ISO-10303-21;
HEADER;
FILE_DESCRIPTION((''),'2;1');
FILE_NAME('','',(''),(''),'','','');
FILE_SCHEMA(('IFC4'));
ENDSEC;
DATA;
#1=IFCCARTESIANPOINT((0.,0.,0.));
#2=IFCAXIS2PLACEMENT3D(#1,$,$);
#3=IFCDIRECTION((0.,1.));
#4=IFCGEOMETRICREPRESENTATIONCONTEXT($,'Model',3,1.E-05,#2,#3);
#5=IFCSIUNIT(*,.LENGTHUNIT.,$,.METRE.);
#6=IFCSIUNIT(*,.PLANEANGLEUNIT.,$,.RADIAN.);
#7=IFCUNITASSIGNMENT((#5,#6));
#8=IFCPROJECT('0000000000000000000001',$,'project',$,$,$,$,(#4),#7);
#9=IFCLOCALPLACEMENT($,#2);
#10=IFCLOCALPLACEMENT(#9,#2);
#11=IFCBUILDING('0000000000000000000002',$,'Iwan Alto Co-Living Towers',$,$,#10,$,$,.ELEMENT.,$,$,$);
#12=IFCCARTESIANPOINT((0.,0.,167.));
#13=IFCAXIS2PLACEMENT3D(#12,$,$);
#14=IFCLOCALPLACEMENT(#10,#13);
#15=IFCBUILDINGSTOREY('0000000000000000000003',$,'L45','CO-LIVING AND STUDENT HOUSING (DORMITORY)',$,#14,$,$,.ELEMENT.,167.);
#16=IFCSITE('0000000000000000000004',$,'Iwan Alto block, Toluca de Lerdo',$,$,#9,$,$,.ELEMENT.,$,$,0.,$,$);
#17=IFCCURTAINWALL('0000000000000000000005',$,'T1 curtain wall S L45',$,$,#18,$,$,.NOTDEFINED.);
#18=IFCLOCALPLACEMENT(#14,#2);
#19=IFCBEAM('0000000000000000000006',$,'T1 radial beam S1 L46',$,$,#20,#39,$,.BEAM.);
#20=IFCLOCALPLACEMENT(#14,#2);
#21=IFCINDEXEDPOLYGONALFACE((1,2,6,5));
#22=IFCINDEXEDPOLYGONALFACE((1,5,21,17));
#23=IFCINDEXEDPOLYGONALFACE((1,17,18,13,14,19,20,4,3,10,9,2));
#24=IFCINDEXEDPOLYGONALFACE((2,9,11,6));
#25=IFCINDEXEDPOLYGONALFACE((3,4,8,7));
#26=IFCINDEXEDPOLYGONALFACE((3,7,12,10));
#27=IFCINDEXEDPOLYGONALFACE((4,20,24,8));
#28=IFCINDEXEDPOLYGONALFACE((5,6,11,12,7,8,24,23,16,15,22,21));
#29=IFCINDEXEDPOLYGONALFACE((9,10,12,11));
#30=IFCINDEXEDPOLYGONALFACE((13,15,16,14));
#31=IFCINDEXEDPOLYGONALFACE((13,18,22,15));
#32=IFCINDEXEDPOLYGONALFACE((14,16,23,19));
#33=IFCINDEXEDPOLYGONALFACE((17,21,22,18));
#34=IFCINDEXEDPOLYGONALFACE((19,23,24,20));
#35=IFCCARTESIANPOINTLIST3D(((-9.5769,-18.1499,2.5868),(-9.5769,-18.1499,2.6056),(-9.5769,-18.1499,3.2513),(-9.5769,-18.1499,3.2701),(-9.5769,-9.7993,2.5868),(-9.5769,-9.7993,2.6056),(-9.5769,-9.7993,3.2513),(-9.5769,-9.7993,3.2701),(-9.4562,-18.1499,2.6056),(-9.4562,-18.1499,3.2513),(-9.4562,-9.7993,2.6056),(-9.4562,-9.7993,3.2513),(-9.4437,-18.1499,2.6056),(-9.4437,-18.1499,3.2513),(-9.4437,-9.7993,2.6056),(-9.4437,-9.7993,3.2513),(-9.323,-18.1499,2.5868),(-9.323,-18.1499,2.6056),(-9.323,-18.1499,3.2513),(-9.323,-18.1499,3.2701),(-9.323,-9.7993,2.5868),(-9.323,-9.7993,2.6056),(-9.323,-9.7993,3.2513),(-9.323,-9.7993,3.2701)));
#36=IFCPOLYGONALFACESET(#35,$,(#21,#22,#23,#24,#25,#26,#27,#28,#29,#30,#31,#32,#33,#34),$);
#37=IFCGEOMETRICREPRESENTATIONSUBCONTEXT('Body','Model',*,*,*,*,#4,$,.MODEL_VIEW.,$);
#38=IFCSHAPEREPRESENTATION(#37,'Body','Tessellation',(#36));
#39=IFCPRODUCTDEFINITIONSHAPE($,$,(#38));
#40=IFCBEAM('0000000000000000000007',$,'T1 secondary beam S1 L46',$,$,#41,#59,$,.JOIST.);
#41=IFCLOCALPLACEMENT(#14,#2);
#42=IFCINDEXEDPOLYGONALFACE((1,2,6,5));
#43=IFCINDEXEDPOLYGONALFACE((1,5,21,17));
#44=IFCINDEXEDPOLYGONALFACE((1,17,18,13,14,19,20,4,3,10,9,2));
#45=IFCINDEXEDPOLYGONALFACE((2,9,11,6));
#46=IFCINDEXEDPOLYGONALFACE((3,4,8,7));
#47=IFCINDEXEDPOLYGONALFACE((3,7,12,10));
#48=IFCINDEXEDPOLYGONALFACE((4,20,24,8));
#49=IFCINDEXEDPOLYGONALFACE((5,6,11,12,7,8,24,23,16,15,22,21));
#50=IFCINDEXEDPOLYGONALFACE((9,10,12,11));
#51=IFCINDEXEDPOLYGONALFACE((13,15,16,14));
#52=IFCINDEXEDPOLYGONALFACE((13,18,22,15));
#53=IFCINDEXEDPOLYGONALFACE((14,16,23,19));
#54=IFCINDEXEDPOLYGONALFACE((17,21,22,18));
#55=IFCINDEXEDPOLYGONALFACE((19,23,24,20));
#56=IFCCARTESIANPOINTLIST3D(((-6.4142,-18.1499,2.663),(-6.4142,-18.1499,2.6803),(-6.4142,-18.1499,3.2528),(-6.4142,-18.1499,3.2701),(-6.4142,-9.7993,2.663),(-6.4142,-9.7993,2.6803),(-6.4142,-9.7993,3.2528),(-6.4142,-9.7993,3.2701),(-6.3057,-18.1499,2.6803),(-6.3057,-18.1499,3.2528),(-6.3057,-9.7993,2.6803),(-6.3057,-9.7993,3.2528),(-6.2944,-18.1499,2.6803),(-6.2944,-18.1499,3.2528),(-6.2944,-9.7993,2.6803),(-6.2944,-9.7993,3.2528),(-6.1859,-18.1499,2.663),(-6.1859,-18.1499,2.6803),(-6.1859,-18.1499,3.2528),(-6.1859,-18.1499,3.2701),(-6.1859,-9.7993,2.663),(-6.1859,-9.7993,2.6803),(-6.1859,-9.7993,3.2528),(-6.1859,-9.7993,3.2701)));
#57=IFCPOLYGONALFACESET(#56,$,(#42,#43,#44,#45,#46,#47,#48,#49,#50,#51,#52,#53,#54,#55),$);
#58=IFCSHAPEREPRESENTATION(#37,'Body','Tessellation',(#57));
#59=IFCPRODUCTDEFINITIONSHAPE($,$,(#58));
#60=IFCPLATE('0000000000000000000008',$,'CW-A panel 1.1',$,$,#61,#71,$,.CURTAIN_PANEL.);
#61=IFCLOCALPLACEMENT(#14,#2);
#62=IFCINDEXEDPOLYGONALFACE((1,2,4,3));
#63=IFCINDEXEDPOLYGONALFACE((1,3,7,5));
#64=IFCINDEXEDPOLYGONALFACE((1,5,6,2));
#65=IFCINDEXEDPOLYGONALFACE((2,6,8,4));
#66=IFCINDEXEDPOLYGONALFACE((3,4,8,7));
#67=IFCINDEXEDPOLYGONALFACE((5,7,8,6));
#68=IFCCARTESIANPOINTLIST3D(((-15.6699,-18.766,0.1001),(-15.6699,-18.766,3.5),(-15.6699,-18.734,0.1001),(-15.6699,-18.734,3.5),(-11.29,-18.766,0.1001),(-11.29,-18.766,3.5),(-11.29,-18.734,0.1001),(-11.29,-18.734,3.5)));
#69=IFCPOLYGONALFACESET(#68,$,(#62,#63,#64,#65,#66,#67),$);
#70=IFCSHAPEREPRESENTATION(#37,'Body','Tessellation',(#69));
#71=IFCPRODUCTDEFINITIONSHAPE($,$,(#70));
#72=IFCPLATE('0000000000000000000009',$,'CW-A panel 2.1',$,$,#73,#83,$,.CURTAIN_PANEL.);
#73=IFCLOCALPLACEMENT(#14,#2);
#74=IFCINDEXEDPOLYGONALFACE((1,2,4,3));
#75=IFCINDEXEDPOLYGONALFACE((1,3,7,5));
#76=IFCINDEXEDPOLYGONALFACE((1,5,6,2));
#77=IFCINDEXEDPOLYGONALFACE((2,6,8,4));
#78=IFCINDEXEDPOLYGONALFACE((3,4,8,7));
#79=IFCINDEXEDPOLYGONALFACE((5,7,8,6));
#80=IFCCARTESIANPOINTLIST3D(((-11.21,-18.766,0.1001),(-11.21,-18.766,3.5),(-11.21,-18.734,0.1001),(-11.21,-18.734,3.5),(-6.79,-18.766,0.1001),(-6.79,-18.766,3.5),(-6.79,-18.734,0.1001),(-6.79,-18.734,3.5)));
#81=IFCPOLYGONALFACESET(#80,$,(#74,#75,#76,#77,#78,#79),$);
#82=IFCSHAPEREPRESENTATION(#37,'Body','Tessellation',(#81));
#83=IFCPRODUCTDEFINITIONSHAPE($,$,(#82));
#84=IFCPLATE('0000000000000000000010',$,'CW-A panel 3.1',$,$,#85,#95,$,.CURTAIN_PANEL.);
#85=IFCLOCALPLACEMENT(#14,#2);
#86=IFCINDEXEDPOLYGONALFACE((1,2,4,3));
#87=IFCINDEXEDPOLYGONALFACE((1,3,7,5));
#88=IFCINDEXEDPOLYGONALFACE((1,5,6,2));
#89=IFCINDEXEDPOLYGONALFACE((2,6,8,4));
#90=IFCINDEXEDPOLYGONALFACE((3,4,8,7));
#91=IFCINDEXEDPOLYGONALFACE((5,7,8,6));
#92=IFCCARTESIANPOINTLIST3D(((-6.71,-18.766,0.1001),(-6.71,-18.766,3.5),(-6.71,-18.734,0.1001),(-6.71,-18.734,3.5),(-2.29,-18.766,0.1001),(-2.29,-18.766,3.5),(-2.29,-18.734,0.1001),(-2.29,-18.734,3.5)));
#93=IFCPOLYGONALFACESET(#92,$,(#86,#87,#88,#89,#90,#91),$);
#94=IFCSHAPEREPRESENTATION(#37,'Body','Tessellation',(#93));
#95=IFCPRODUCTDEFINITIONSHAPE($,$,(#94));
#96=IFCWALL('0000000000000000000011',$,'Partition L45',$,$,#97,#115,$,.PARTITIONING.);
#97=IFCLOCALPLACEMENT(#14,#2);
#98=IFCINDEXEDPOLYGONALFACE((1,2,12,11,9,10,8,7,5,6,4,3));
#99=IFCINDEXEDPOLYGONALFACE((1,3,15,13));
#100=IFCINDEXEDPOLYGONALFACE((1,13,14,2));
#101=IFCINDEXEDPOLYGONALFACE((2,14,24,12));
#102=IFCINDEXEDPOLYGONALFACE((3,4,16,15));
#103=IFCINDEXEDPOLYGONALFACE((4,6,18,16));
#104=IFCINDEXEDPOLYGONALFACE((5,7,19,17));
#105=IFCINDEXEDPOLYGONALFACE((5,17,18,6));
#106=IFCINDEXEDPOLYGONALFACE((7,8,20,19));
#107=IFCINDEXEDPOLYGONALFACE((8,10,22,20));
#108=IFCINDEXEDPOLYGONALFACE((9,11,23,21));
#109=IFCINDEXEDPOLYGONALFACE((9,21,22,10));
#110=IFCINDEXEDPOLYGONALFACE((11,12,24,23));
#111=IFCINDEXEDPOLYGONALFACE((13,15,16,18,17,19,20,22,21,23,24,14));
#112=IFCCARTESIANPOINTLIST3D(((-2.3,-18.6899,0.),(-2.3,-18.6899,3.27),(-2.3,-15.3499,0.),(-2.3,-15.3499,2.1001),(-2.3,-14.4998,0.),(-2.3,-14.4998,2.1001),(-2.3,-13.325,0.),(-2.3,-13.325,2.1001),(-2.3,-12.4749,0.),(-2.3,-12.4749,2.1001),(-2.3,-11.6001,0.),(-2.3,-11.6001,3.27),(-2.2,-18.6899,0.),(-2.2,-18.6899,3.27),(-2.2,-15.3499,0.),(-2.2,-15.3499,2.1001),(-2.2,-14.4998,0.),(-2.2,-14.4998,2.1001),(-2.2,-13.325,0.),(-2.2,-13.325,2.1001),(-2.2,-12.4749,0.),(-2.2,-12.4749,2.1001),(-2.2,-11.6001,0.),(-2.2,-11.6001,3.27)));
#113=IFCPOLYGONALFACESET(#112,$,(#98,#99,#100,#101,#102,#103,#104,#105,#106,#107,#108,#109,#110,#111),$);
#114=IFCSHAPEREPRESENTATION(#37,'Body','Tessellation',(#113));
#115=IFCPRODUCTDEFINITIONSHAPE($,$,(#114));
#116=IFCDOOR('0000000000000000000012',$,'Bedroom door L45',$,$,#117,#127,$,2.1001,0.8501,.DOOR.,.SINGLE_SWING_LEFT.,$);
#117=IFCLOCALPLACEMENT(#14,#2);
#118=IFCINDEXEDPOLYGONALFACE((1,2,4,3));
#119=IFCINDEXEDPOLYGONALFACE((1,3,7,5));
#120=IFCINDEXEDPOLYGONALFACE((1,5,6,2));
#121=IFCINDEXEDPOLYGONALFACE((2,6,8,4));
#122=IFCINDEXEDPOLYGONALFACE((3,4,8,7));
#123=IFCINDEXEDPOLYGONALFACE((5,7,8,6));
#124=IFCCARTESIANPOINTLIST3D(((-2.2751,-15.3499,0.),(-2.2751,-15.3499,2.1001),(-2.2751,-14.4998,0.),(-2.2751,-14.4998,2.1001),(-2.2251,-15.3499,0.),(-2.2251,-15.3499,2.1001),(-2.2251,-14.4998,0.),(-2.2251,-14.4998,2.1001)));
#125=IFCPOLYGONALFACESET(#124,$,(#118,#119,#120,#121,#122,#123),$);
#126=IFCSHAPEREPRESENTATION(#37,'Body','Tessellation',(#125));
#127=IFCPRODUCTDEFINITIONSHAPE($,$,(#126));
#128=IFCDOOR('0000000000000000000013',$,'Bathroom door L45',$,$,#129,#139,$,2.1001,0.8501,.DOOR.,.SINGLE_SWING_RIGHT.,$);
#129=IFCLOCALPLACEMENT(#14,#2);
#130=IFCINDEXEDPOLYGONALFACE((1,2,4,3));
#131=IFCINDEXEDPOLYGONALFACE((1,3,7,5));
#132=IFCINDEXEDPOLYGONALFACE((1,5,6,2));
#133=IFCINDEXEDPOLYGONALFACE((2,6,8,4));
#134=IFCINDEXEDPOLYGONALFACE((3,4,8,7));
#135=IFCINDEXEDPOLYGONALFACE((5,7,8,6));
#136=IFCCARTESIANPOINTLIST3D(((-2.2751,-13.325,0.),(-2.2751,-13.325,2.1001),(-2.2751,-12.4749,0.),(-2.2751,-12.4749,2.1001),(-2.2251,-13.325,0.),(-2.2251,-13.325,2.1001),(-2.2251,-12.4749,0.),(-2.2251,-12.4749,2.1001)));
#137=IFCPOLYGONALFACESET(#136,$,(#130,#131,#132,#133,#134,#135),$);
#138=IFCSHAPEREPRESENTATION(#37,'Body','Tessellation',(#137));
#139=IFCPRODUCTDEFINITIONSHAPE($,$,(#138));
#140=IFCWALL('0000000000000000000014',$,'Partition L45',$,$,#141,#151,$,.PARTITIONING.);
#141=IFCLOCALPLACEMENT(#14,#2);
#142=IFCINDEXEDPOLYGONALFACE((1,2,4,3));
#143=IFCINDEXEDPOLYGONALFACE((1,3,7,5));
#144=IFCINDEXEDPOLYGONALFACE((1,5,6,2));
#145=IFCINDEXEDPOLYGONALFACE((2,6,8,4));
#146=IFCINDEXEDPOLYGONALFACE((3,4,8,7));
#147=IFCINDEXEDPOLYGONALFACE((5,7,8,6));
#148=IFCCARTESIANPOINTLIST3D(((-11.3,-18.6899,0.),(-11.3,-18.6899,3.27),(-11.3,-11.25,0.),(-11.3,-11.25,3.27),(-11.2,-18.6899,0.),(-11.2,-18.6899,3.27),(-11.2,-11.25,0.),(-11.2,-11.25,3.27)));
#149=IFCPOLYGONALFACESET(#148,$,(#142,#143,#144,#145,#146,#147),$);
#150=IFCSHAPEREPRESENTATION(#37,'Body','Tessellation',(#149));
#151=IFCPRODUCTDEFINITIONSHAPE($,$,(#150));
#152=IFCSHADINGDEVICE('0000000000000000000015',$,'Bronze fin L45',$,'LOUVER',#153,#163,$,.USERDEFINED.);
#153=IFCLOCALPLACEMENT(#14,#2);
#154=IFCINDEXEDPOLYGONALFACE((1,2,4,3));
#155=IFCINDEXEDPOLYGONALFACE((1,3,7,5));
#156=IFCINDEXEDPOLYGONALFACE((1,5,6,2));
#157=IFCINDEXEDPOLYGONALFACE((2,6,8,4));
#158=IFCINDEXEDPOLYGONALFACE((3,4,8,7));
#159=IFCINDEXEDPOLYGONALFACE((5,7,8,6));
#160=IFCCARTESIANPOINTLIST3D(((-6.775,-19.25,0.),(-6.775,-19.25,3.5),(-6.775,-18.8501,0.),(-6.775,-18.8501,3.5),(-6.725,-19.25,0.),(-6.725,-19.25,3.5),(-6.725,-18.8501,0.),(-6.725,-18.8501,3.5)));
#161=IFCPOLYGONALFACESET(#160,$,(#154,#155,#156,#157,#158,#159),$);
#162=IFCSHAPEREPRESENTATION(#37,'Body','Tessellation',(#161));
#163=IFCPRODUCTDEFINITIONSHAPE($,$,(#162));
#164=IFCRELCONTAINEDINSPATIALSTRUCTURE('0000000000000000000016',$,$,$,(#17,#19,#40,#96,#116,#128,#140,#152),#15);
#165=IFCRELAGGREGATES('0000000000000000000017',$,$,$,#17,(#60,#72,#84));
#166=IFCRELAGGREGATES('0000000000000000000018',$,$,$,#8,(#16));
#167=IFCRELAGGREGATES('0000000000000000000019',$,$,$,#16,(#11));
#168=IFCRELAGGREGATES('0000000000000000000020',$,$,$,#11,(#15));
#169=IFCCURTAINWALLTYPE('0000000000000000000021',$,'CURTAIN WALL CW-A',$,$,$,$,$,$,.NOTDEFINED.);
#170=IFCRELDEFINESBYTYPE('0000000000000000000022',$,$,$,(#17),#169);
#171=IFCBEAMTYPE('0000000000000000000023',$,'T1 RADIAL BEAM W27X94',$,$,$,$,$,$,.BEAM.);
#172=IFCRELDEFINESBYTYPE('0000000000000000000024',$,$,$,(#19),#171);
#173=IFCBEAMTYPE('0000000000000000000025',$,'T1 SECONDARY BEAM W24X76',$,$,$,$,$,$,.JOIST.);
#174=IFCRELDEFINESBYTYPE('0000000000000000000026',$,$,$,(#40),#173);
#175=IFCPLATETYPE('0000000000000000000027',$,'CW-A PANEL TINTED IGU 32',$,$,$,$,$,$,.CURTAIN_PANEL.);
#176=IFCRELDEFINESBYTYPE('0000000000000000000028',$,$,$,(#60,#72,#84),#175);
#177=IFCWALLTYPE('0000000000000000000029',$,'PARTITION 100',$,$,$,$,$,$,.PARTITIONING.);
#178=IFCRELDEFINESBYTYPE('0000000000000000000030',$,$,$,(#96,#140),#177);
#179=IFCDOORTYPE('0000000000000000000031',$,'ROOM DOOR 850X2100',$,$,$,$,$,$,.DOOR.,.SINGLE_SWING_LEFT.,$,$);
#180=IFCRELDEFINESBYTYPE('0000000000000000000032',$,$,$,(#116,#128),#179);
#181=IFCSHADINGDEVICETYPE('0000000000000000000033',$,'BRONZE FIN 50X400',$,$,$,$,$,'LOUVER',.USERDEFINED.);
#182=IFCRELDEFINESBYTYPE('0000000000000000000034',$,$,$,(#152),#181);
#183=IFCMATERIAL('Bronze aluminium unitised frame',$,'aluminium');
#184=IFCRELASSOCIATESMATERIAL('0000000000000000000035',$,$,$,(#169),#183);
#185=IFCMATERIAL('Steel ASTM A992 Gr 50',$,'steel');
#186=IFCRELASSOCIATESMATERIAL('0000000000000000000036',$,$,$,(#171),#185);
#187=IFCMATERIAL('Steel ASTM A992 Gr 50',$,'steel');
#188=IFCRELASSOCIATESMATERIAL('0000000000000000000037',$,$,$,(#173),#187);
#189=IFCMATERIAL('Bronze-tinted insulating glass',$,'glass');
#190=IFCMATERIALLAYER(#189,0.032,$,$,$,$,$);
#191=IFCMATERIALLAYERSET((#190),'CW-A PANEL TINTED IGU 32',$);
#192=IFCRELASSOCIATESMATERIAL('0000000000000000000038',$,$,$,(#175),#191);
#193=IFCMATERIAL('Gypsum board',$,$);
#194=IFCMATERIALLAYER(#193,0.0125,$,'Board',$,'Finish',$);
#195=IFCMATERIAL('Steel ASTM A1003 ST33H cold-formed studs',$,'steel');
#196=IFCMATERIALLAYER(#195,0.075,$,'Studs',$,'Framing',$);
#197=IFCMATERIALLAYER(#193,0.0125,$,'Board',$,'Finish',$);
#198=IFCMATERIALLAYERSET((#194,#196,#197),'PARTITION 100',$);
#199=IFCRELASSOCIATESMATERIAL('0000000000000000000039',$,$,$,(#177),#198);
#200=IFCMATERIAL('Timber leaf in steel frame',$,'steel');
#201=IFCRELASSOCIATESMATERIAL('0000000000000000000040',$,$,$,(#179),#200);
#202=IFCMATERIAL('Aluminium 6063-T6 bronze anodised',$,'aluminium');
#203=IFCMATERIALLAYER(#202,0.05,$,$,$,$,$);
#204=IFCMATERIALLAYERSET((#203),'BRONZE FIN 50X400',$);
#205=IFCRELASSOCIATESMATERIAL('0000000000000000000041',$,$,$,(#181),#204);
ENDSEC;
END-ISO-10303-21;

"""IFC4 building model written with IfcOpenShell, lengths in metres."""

from ifc_helpers import new_model, si_unit, direction, frame, frame_2d, origin, origin_2d, place, context, subcontext, project, spatial, rectangle, i_section, extrude, material, layer, layer_set, material_profile, profile_set, type_object, element, fill, aggregate, save


model = new_model("IFC4")

# Units and contexts
model_context = context("Model", 3, precision=1e-05, world=origin(), true_north=direction((0.0, 1.0)))
body_context = subcontext(model_context, "Body", "Model", "MODEL_VIEW")
ifc_project = project(units=[si_unit("LENGTHUNIT", "METRE"), si_unit("PLANEANGLEUNIT", "RADIAN")], contexts=[model_context])

# Site, building, storey
site_placement = place(None, origin())
site = spatial("IfcSite", under=ifc_project, at=site_placement, Name="Iwan Alto block, Toluca de Lerdo", CompositionType="ELEMENT", RefElevation=0.0)
building_placement = place(site_placement, origin())
building = spatial("IfcBuilding", under=site, at=building_placement, Name="Iwan Alto Co-Living Towers", CompositionType="ELEMENT")
storey_placement = place(building_placement, frame((0.0, 0.0, 167.0)))
storey = spatial("IfcBuildingStorey", under=building, at=storey_placement, Name="L45", Description="CO-LIVING AND STUDENT HOUSING (DORMITORY)", CompositionType="ELEMENT", Elevation=167.0)

# Curtain wall
ifc_material_1 = material(Name="Bronze aluminium unitised frame", Category="aluminium")
curtain_wall_type_1 = type_object("IfcCurtainWallType", Name="CURTAIN WALL CW-A", PredefinedType="NOTDEFINED", material=ifc_material_1)
curtain_wall_1_placement = place(storey_placement, origin())
curtain_wall_1 = element("IfcCurtainWall", 1, at=curtain_wall_1_placement, inside=storey, type_object=curtain_wall_type_1, Name="T1 curtain wall S L45", PredefinedType="NOTDEFINED")

# Beams
ifc_material_2 = material(Name="Steel ASTM A992 Gr 50", Category="steel")
ifc_material_profile_1 = material_profile(ifc_material_2, i_section(OverallWidth=0.2539, OverallDepth=0.6833, WebThickness=0.0125, FlangeThickness=0.0188, at=origin_2d()), Name="W27X94")
ifc_profile_set_1 = profile_set([ifc_material_profile_1], Name="Steel ASTM A992 Gr 50")
beam_type_1 = type_object("IfcBeamType", Name="T1 RADIAL BEAM W27X94", PredefinedType="BEAM", material=ifc_profile_set_1)
beam_1_placement = place(storey_placement, frame((-9.45, -18.1499, 2.9285), z_axis=(0.0, 1.0, 0.0), x_axis=(-1.0, 0.0, 0.0)))
element("IfcBeam", 2, at=beam_1_placement, inside=storey, type_object=beam_type_1, Name="T1 radial beam S1 L46", PredefinedType="BEAM", context=body_context, shape_type="SweptSolid", body=[
    extrude(i_section(OverallWidth=0.2539, OverallDepth=0.6833, WebThickness=0.0125, FlangeThickness=0.0188, at=origin_2d()), origin(), (0.0, 0.0, 1.0), 8.3506),
])
ifc_material_3 = material(Name="Steel ASTM A992 Gr 50", Category="steel")
ifc_material_profile_2 = material_profile(ifc_material_3, i_section(OverallWidth=0.2283, OverallDepth=0.6072, WebThickness=0.0112, FlangeThickness=0.0173, at=origin_2d()), Name="W24X76")
ifc_profile_set_2 = profile_set([ifc_material_profile_2], Name="Steel ASTM A992 Gr 50")
beam_type_2 = type_object("IfcBeamType", Name="T1 SECONDARY BEAM W24X76", PredefinedType="JOIST", material=ifc_profile_set_2)
beam_2_placement = place(storey_placement, frame((-6.3, -18.1499, 2.9666), z_axis=(0.0, 1.0, 0.0), x_axis=(-1.0, 0.0, 0.0)))
element("IfcBeam", 3, at=beam_2_placement, inside=storey, type_object=beam_type_2, Name="T1 secondary beam S1 L46", PredefinedType="JOIST", context=body_context, shape_type="SweptSolid", body=[
    extrude(i_section(OverallWidth=0.2283, OverallDepth=0.6072, WebThickness=0.0112, FlangeThickness=0.0173, at=origin_2d()), origin(), (0.0, 0.0, 1.0), 8.3506),
])

# Plates
ifc_material_4 = material(Name="Bronze-tinted insulating glass", Category="glass")
ifc_layer_1 = layer(ifc_material_4, 0.032)
ifc_layer_set_1 = layer_set([ifc_layer_1], Name="CW-A PANEL TINTED IGU 32")
plate_type = type_object("IfcPlateType", Name="CW-A PANEL TINTED IGU 32", PredefinedType="CURTAIN_PANEL", material=ifc_layer_set_1)
plate_1_placement = place(storey_placement, frame((-13.48, -18.75, 0.1001), z_axis=(0.0, 0.0, 1.0), x_axis=(1.0, 0.0, 0.0)))
plate_1 = element("IfcPlate", 4, at=plate_1_placement, type_object=plate_type, Name="CW-A panel 1.1", PredefinedType="CURTAIN_PANEL", context=body_context, shape_type="SweptSolid", body=[
    extrude(rectangle(XDim=4.3799, YDim=0.032, at=origin_2d()), origin(), (0.0, 0.0, 1.0), 3.3999),
])
plate_2_placement = place(storey_placement, frame((-9.0, -18.75, 0.1001), z_axis=(0.0, 0.0, 1.0), x_axis=(1.0, 0.0, 0.0)))
plate_2 = element("IfcPlate", 5, at=plate_2_placement, type_object=plate_type, Name="CW-A panel 2.1", PredefinedType="CURTAIN_PANEL", context=body_context, shape_type="SweptSolid", body=[
    extrude(rectangle(XDim=4.4199, YDim=0.032, at=origin_2d()), origin(), (0.0, 0.0, 1.0), 3.3999),
])
plate_3_placement = place(storey_placement, frame((-4.5, -18.75, 0.1001), z_axis=(0.0, 0.0, 1.0), x_axis=(1.0, 0.0, 0.0)))
plate_3 = element("IfcPlate", 6, at=plate_3_placement, type_object=plate_type, Name="CW-A panel 3.1", PredefinedType="CURTAIN_PANEL", context=body_context, shape_type="SweptSolid", body=[
    extrude(rectangle(XDim=4.4199, YDim=0.032, at=origin_2d()), origin(), (0.0, 0.0, 1.0), 3.3999),
])
aggregate(curtain_wall_1, [plate_1, plate_2, plate_3])

# Wall, openings, doors
ifc_material_5 = material(Name="Gypsum board")
ifc_layer_2 = layer(ifc_material_5, 0.0125, Name="Board", Category="Finish")
ifc_material_6 = material(Name="Steel ASTM A1003 ST33H cold-formed studs", Category="steel")
ifc_layer_3 = layer(ifc_material_6, 0.075, Name="Studs", Category="Framing")
ifc_layer_4 = layer(ifc_material_5, 0.0125, Name="Board", Category="Finish")
ifc_layer_set_2 = layer_set([ifc_layer_2, ifc_layer_3, ifc_layer_4], Name="PARTITION 100")
wall_type = type_object("IfcWallType", Name="PARTITION 100", PredefinedType="PARTITIONING", material=ifc_layer_set_2)
wall_1_placement = place(storey_placement, frame((-2.25, -18.6899, 0.0), z_axis=(0.0, 0.0, 1.0), x_axis=(0.0, 1.0, 0.0)))
wall_1 = element("IfcWall", 7, at=wall_1_placement, inside=storey, type_object=wall_type, Name="Partition L45", PredefinedType="PARTITIONING", context=body_context, shape_type="SweptSolid", body=[
    extrude(rectangle(XDim=7.0898, YDim=0.1001, at=frame_2d((3.5449, 0.0))), origin(), (0.0, 0.0, 1.0), 3.27),
])
opening_1_placement = place(wall_1_placement, frame((3.3401, 0.0, 0.0)))
opening_1 = element("IfcOpeningElement", 8, at=opening_1_placement, cuts=wall_1, PredefinedType="OPENING", context=body_context, shape_type="SweptSolid", body=[
    extrude(rectangle(XDim=0.8501, YDim=2.1001, at=frame_2d((0.425, 1.05))), frame((0.0, 0.0601, 0.0), z_axis=(0.0, -1.0, 0.0), x_axis=(1.0, 0.0, 0.0)), (0.0, 0.0, 1.0), 0.1201),
])
opening_2_placement = place(wall_1_placement, frame((5.365, 0.0, 0.0)))
opening_2 = element("IfcOpeningElement", 9, at=opening_2_placement, cuts=wall_1, PredefinedType="OPENING", context=body_context, shape_type="SweptSolid", body=[
    extrude(rectangle(XDim=0.8501, YDim=2.1001, at=frame_2d((0.425, 1.05))), frame((0.0, 0.0601, 0.0), z_axis=(0.0, -1.0, 0.0), x_axis=(1.0, 0.0, 0.0)), (0.0, 0.0, 1.0), 0.1201),
])
ifc_material_7 = material(Name="Timber leaf in steel frame", Category="steel")
door_type = type_object("IfcDoorType", Name="ROOM DOOR 850X2100", OperationType="SINGLE_SWING_LEFT", PredefinedType="DOOR", material=ifc_material_7)
door_1_placement = place(opening_1_placement, frame((0.8501, 0.0, 0.0), z_axis=(0.0, 0.0, 1.0), x_axis=(-1.0, 0.0, 0.0)))
door_1 = element("IfcDoor", 10, at=door_1_placement, inside=storey, type_object=door_type, Name="Bedroom door L45", OperationType="SINGLE_SWING_LEFT", OverallHeight=2.1001, OverallWidth=0.8501, PredefinedType="DOOR", context=body_context, shape_type="SweptSolid", body=[
    extrude(rectangle(XDim=0.8501, YDim=2.1001, at=frame_2d((0.425, 1.05))), frame((0.0, 0.0249, 0.0), z_axis=(0.0, -1.0, 0.0), x_axis=(1.0, 0.0, 0.0)), (0.0, 0.0, 1.0), 0.05),
])
fill(opening_1, door_1)
door_2_placement = place(opening_2_placement, frame((0.8501, 0.0, 0.0), z_axis=(0.0, 0.0, 1.0), x_axis=(-1.0, 0.0, 0.0)))
door_2 = element("IfcDoor", 11, at=door_2_placement, inside=storey, type_object=door_type, Name="Bathroom door L45", OperationType="SINGLE_SWING_RIGHT", OverallHeight=2.1001, OverallWidth=0.8501, PredefinedType="DOOR", context=body_context, shape_type="SweptSolid", body=[
    extrude(rectangle(XDim=0.8501, YDim=2.1001, at=frame_2d((0.425, 1.05))), frame((0.0, 0.0249, 0.0), z_axis=(0.0, -1.0, 0.0), x_axis=(1.0, 0.0, 0.0)), (0.0, 0.0, 1.0), 0.05),
])
fill(opening_2, door_2)

# Wall
wall_2_placement = place(storey_placement, frame((-11.25, -18.6899, 0.0), z_axis=(0.0, 0.0, 1.0), x_axis=(0.0, 1.0, 0.0)))
element("IfcWall", 12, at=wall_2_placement, inside=storey, type_object=wall_type, Name="Partition L45", PredefinedType="PARTITIONING", context=body_context, shape_type="SweptSolid", body=[
    extrude(rectangle(XDim=7.4399, YDim=0.1001, at=frame_2d((3.72, 0.0))), origin(), (0.0, 0.0, 1.0), 3.27),
])

# Shading device
ifc_material_8 = material(Name="Aluminium 6063-T6 bronze anodised", Category="aluminium")
ifc_layer_5 = layer(ifc_material_8, 0.05)
ifc_layer_set_3 = layer_set([ifc_layer_5], Name="BRONZE FIN 50X400")
shading_device_type = type_object("IfcShadingDeviceType", Name="BRONZE FIN 50X400", ElementType="LOUVER", PredefinedType="USERDEFINED", material=ifc_layer_set_3)
shading_device_placement = place(storey_placement, frame((-6.75, -19.05, 0.0), z_axis=(0.0, 0.0, 1.0), x_axis=(1.0, 0.0, 0.0)))
element("IfcShadingDevice", 13, at=shading_device_placement, inside=storey, type_object=shading_device_type, Name="Bronze fin L45", ObjectType="LOUVER", PredefinedType="USERDEFINED", context=body_context, shape_type="SweptSolid", body=[
    extrude(rectangle(XDim=0.05, YDim=0.3999, at=origin_2d()), origin(), (0.0, 0.0, 1.0), 3.5),
])

save(model, "model.ifc")
